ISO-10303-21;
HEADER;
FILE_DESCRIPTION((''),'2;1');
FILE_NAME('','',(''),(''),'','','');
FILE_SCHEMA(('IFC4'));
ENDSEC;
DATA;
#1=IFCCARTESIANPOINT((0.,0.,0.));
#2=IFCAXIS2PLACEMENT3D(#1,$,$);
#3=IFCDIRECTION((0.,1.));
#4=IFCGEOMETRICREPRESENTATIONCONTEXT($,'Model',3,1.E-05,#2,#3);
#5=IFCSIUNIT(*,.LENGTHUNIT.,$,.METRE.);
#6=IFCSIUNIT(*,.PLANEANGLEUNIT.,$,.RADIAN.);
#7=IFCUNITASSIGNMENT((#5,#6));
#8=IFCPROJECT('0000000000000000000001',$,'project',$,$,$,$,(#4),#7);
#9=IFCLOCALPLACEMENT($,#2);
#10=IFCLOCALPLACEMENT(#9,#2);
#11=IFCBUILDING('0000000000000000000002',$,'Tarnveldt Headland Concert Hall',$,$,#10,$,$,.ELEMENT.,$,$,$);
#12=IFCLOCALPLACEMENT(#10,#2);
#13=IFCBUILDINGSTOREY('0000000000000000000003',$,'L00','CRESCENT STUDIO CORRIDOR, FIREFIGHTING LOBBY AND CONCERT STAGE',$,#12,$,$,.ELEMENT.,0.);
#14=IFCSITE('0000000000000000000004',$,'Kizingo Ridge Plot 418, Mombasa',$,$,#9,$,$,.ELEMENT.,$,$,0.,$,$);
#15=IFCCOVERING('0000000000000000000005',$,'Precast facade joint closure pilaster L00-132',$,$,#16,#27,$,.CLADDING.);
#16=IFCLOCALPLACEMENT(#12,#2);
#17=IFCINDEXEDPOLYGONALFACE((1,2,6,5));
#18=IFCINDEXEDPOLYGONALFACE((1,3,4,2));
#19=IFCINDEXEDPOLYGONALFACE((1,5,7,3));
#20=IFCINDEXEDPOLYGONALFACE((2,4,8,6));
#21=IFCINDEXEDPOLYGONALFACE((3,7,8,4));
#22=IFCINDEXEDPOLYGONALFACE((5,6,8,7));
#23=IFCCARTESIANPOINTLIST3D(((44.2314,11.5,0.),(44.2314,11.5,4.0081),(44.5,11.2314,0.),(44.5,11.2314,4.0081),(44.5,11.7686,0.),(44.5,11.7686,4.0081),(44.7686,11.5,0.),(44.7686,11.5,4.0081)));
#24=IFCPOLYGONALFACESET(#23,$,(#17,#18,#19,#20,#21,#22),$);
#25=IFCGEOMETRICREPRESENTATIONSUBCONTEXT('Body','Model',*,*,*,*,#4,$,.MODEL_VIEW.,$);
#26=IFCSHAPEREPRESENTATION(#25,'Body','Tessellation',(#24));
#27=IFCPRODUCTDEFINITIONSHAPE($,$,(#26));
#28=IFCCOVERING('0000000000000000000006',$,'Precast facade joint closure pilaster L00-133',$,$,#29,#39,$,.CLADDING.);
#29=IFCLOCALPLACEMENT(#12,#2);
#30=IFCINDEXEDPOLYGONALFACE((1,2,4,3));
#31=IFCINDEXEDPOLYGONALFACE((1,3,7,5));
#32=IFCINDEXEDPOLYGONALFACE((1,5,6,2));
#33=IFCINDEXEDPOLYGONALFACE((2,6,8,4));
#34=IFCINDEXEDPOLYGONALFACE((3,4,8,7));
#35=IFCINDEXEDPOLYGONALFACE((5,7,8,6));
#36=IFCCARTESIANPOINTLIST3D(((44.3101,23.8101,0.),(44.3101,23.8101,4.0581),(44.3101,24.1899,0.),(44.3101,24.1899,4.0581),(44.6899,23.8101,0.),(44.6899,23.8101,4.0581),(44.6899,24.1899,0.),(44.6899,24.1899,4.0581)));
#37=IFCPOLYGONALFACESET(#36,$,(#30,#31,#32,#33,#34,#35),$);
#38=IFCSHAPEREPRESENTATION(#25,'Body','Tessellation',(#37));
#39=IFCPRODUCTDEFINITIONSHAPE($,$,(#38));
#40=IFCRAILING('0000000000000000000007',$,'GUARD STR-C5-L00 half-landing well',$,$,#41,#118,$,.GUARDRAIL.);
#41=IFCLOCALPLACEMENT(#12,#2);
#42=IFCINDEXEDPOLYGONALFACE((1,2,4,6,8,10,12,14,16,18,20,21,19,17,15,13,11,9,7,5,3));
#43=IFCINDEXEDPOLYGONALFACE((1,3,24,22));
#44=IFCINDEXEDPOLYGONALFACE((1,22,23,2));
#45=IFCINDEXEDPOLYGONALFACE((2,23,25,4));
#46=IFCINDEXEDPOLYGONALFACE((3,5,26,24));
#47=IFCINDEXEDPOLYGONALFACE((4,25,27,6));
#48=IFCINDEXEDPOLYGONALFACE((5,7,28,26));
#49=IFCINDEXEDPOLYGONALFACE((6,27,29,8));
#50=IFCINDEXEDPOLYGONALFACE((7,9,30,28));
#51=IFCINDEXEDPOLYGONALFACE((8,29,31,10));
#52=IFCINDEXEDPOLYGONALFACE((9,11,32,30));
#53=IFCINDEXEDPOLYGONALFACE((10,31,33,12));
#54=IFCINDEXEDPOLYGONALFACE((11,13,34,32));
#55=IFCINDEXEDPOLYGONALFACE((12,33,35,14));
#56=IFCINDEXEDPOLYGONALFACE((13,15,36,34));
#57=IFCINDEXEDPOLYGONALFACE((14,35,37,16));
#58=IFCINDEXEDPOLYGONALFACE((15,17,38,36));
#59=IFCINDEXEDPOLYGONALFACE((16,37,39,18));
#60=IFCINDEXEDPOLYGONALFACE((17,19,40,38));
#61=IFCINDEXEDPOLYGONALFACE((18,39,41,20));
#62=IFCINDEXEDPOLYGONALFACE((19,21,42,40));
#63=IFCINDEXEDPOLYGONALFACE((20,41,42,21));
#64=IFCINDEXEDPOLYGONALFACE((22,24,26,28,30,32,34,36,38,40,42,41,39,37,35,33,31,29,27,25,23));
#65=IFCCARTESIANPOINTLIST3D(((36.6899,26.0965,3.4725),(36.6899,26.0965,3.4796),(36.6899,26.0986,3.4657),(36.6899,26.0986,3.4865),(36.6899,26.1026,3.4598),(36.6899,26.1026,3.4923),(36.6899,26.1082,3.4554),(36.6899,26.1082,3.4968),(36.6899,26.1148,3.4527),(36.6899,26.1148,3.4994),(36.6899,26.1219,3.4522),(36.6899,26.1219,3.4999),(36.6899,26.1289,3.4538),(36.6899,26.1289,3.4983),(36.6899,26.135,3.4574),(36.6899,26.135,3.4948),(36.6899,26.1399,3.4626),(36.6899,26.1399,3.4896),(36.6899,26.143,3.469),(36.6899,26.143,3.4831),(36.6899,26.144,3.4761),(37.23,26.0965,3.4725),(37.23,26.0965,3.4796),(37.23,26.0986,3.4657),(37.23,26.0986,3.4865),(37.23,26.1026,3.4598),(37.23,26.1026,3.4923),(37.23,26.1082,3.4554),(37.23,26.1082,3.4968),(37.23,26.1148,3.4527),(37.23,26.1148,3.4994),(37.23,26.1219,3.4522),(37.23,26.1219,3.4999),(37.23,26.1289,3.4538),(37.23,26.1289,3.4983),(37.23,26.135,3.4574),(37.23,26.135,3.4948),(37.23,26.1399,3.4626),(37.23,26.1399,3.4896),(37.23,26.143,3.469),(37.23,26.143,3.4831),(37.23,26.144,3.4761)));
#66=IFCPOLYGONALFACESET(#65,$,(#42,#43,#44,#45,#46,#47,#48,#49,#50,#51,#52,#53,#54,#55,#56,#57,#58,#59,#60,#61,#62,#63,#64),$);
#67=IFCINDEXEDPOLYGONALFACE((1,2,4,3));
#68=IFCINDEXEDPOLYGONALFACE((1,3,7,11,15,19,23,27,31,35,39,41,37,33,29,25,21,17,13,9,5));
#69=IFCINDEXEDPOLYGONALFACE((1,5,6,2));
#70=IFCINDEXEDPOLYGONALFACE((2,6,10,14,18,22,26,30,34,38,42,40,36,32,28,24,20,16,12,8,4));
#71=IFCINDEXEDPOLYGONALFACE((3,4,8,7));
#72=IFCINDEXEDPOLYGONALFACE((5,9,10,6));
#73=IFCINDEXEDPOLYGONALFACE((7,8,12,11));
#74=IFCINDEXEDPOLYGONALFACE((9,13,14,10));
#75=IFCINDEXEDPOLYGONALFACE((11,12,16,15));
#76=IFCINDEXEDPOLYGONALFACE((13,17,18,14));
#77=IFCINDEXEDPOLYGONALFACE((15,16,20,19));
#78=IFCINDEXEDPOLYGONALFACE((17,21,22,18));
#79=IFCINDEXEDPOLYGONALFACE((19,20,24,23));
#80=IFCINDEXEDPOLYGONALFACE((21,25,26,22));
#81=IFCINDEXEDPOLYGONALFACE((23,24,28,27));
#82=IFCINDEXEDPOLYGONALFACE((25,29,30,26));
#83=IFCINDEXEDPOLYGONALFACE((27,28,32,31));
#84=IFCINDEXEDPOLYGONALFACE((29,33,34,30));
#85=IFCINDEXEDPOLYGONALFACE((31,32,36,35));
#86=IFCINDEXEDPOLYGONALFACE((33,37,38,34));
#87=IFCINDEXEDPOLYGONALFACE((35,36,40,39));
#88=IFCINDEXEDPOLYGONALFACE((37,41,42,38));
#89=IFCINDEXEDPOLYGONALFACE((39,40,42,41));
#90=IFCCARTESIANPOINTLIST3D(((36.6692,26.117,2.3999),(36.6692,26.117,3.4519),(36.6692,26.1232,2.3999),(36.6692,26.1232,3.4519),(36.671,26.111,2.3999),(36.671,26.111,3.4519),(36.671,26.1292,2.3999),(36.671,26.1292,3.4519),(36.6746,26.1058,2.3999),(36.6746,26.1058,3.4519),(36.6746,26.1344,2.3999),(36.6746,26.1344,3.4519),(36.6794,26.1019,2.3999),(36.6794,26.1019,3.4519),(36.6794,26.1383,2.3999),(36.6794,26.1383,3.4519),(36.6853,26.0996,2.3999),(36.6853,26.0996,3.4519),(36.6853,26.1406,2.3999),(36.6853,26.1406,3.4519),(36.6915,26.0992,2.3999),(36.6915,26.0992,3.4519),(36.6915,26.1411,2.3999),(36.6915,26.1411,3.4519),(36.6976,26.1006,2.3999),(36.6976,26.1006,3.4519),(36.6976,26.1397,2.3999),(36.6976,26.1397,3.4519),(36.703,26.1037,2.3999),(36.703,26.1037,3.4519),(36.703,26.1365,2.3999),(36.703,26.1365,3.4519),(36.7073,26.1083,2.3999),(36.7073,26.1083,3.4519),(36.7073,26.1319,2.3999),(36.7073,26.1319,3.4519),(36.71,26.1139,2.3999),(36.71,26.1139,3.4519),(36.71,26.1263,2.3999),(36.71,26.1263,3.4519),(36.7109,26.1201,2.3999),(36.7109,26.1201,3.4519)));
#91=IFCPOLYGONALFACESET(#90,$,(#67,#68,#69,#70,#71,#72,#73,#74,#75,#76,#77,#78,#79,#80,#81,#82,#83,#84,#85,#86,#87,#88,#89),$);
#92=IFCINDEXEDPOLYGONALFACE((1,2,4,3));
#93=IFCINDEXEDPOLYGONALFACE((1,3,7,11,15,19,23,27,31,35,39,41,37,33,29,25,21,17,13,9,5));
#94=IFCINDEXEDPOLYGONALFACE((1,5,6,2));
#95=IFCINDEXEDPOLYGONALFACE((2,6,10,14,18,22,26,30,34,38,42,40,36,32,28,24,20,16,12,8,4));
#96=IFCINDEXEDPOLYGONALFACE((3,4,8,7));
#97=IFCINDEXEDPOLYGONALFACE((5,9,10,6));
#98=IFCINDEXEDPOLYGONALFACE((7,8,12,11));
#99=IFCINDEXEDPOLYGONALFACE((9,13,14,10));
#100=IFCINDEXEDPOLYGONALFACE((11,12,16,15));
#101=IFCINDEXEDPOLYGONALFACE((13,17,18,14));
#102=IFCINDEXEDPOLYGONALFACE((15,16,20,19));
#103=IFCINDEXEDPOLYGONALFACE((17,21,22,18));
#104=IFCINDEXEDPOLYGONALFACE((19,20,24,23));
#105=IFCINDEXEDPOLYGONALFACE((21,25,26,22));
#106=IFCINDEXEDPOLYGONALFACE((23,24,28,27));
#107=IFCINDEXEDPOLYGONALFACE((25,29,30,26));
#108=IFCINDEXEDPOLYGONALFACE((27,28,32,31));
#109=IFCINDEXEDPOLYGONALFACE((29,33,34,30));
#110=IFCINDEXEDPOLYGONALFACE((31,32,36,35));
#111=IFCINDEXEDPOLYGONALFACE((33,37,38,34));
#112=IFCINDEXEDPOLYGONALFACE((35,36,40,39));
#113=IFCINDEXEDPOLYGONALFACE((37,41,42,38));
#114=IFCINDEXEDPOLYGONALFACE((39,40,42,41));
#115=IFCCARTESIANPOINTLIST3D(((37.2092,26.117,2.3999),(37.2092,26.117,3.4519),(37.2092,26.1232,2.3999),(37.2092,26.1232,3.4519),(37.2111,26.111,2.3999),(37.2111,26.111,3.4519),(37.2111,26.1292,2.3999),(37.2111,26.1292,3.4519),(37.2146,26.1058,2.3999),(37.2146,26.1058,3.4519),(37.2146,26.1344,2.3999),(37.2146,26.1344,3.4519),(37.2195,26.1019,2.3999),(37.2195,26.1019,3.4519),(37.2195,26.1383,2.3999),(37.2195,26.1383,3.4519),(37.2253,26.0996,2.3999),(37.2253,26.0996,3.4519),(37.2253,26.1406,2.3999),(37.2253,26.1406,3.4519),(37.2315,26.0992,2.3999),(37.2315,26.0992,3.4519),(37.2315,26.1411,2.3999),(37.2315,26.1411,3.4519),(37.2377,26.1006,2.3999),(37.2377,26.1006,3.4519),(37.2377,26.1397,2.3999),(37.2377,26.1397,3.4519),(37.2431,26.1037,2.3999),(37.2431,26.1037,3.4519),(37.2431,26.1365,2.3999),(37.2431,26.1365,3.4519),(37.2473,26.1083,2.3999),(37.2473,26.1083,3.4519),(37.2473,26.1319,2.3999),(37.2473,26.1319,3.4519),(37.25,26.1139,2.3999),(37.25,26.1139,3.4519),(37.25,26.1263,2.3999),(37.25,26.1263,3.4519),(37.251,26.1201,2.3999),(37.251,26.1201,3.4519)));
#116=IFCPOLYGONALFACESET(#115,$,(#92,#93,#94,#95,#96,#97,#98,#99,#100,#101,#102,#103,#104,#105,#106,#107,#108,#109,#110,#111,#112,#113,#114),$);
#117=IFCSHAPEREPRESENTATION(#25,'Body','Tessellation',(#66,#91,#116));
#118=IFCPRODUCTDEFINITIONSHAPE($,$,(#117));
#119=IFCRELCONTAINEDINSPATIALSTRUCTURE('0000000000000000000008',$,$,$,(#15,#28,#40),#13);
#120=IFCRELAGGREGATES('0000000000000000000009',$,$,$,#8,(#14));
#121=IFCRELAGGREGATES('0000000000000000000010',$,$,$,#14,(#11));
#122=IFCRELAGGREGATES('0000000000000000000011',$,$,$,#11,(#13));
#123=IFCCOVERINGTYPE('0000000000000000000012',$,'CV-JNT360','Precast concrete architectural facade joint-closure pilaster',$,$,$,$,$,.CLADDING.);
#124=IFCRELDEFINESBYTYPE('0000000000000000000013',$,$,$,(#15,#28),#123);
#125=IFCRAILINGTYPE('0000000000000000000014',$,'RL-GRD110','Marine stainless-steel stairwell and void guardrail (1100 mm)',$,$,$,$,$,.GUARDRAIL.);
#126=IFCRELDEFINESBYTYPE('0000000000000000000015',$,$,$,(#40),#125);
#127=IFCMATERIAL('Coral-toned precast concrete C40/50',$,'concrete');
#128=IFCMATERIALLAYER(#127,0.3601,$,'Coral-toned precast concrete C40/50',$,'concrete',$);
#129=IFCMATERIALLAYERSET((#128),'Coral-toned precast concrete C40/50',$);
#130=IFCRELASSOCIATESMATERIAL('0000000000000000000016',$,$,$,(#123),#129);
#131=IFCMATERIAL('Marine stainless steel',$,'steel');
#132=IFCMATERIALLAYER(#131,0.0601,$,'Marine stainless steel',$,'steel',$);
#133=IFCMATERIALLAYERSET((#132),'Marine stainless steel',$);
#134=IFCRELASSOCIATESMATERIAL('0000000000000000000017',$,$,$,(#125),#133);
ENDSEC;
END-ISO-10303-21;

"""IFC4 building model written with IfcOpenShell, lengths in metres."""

from ifc_helpers import new_model, si_unit, direction, frame, origin, origin_2d, place, context, subcontext, project, spatial, rectangle, circle, extrude, material, layer, layer_set, type_object, element, save


model = new_model("IFC4")

# Units and contexts
model_context = context("Model", 3, precision=1e-05, world=origin(), true_north=direction((0.0, 1.0)))
body_context = subcontext(model_context, "Body", "Model", "MODEL_VIEW")
ifc_project = project(units=[si_unit("LENGTHUNIT", "METRE"), si_unit("PLANEANGLEUNIT", "RADIAN")], contexts=[model_context])

# Site, building, storey
site_placement = place(None, origin())
site = spatial("IfcSite", under=ifc_project, at=site_placement, Name="Kizingo Ridge Plot 418, Mombasa", CompositionType="ELEMENT", RefElevation=0.0)
building_placement = place(site_placement, origin())
building = spatial("IfcBuilding", under=site, at=building_placement, Name="Tarnveldt Headland Concert Hall", CompositionType="ELEMENT")
storey_placement = place(building_placement, origin())
storey = spatial("IfcBuildingStorey", under=building, at=storey_placement, Name="L00", Description="CRESCENT STUDIO CORRIDOR, FIREFIGHTING LOBBY AND CONCERT STAGE", CompositionType="ELEMENT", Elevation=0.0)

# Shared definitions
ifc_material_1 = material(Name="Coral-toned precast concrete C40/50", Category="concrete")

# Coverings
ifc_layer_1 = layer(ifc_material_1, 0.3601, Name="Coral-toned precast concrete C40/50", Category="concrete")
ifc_layer_set_1 = layer_set([ifc_layer_1], Name="Coral-toned precast concrete C40/50")
covering_type = type_object("IfcCoveringType", Name="CV-JNT360", Description="Precast concrete architectural facade joint-closure pilaster", PredefinedType="CLADDING", material=ifc_layer_set_1)
for number, where, z_axis, x_axis, name in (
    (1, (44.5, 11.5, 0.0), (0.0, 0.0, 1.0), (-0.707107, -0.707107, 0.0), "Precast facade joint closure pilaster L00-132"),
):
    element("IfcCovering", number, at=place(storey_placement, frame(where, z_axis=z_axis, x_axis=x_axis)), inside=storey, type_object=covering_type, Name=name, PredefinedType="CLADDING", context=body_context, shape_type="SweptSolid", body=[
        extrude(rectangle(XDim=0.3799, YDim=0.3799, at=origin_2d()), origin(), (0.0, 0.0, 1.0), 4.0081),
    ])
covering_placement = place(storey_placement, frame((44.5, 24.0, 0.0), z_axis=(0.0, 0.0, 1.0), x_axis=(0.0, -1.0, 0.0)))
element("IfcCovering", 2, at=covering_placement, inside=storey, type_object=covering_type, Name="Precast facade joint closure pilaster L00-133", PredefinedType="CLADDING", context=body_context, shape_type="SweptSolid", body=[
    extrude(rectangle(XDim=0.3799, YDim=0.3799, at=origin_2d()), origin(), (0.0, 0.0, 1.0), 4.0581),
])

# Railing
ifc_material_2 = material(Name="Marine stainless steel", Category="steel")
ifc_layer_2 = layer(ifc_material_2, 0.0601, Name="Marine stainless steel", Category="steel")
ifc_layer_set_2 = layer_set([ifc_layer_2], Name="Marine stainless steel")
railing_type_1 = type_object("IfcRailingType", Name="RL-GRD110", Description="Marine stainless-steel stairwell and void guardrail (1100 mm)", PredefinedType="GUARDRAIL", material=ifc_layer_set_2)
railing_1_placement = place(storey_placement, frame((36.6899, 26.1201, 2.3999)))
element("IfcRailing", 3, at=railing_1_placement, inside=storey, type_object=railing_type_1, Name="GUARD STR-C5-L00 half-landing well", PredefinedType="GUARDRAIL", context=body_context, shape_type="SweptSolid", body=[
    extrude(circle(Radius=0.0239, at=origin_2d()), frame((0.0, 0.0, 1.0762), z_axis=(1.0, 0.0, 0.0), x_axis=(0.0, 1.0, 0.0)), (0.0, 0.0, 1.0), 0.54),
    extrude(circle(Radius=0.021, at=origin_2d()), origin(), (0.0, 0.0, 1.0), 1.052),
    extrude(circle(Radius=0.021, at=origin_2d()), frame((0.54, 0.0, 0.0)), (0.0, 0.0, 1.0), 1.052),
])

save(model, "model.ifc")
